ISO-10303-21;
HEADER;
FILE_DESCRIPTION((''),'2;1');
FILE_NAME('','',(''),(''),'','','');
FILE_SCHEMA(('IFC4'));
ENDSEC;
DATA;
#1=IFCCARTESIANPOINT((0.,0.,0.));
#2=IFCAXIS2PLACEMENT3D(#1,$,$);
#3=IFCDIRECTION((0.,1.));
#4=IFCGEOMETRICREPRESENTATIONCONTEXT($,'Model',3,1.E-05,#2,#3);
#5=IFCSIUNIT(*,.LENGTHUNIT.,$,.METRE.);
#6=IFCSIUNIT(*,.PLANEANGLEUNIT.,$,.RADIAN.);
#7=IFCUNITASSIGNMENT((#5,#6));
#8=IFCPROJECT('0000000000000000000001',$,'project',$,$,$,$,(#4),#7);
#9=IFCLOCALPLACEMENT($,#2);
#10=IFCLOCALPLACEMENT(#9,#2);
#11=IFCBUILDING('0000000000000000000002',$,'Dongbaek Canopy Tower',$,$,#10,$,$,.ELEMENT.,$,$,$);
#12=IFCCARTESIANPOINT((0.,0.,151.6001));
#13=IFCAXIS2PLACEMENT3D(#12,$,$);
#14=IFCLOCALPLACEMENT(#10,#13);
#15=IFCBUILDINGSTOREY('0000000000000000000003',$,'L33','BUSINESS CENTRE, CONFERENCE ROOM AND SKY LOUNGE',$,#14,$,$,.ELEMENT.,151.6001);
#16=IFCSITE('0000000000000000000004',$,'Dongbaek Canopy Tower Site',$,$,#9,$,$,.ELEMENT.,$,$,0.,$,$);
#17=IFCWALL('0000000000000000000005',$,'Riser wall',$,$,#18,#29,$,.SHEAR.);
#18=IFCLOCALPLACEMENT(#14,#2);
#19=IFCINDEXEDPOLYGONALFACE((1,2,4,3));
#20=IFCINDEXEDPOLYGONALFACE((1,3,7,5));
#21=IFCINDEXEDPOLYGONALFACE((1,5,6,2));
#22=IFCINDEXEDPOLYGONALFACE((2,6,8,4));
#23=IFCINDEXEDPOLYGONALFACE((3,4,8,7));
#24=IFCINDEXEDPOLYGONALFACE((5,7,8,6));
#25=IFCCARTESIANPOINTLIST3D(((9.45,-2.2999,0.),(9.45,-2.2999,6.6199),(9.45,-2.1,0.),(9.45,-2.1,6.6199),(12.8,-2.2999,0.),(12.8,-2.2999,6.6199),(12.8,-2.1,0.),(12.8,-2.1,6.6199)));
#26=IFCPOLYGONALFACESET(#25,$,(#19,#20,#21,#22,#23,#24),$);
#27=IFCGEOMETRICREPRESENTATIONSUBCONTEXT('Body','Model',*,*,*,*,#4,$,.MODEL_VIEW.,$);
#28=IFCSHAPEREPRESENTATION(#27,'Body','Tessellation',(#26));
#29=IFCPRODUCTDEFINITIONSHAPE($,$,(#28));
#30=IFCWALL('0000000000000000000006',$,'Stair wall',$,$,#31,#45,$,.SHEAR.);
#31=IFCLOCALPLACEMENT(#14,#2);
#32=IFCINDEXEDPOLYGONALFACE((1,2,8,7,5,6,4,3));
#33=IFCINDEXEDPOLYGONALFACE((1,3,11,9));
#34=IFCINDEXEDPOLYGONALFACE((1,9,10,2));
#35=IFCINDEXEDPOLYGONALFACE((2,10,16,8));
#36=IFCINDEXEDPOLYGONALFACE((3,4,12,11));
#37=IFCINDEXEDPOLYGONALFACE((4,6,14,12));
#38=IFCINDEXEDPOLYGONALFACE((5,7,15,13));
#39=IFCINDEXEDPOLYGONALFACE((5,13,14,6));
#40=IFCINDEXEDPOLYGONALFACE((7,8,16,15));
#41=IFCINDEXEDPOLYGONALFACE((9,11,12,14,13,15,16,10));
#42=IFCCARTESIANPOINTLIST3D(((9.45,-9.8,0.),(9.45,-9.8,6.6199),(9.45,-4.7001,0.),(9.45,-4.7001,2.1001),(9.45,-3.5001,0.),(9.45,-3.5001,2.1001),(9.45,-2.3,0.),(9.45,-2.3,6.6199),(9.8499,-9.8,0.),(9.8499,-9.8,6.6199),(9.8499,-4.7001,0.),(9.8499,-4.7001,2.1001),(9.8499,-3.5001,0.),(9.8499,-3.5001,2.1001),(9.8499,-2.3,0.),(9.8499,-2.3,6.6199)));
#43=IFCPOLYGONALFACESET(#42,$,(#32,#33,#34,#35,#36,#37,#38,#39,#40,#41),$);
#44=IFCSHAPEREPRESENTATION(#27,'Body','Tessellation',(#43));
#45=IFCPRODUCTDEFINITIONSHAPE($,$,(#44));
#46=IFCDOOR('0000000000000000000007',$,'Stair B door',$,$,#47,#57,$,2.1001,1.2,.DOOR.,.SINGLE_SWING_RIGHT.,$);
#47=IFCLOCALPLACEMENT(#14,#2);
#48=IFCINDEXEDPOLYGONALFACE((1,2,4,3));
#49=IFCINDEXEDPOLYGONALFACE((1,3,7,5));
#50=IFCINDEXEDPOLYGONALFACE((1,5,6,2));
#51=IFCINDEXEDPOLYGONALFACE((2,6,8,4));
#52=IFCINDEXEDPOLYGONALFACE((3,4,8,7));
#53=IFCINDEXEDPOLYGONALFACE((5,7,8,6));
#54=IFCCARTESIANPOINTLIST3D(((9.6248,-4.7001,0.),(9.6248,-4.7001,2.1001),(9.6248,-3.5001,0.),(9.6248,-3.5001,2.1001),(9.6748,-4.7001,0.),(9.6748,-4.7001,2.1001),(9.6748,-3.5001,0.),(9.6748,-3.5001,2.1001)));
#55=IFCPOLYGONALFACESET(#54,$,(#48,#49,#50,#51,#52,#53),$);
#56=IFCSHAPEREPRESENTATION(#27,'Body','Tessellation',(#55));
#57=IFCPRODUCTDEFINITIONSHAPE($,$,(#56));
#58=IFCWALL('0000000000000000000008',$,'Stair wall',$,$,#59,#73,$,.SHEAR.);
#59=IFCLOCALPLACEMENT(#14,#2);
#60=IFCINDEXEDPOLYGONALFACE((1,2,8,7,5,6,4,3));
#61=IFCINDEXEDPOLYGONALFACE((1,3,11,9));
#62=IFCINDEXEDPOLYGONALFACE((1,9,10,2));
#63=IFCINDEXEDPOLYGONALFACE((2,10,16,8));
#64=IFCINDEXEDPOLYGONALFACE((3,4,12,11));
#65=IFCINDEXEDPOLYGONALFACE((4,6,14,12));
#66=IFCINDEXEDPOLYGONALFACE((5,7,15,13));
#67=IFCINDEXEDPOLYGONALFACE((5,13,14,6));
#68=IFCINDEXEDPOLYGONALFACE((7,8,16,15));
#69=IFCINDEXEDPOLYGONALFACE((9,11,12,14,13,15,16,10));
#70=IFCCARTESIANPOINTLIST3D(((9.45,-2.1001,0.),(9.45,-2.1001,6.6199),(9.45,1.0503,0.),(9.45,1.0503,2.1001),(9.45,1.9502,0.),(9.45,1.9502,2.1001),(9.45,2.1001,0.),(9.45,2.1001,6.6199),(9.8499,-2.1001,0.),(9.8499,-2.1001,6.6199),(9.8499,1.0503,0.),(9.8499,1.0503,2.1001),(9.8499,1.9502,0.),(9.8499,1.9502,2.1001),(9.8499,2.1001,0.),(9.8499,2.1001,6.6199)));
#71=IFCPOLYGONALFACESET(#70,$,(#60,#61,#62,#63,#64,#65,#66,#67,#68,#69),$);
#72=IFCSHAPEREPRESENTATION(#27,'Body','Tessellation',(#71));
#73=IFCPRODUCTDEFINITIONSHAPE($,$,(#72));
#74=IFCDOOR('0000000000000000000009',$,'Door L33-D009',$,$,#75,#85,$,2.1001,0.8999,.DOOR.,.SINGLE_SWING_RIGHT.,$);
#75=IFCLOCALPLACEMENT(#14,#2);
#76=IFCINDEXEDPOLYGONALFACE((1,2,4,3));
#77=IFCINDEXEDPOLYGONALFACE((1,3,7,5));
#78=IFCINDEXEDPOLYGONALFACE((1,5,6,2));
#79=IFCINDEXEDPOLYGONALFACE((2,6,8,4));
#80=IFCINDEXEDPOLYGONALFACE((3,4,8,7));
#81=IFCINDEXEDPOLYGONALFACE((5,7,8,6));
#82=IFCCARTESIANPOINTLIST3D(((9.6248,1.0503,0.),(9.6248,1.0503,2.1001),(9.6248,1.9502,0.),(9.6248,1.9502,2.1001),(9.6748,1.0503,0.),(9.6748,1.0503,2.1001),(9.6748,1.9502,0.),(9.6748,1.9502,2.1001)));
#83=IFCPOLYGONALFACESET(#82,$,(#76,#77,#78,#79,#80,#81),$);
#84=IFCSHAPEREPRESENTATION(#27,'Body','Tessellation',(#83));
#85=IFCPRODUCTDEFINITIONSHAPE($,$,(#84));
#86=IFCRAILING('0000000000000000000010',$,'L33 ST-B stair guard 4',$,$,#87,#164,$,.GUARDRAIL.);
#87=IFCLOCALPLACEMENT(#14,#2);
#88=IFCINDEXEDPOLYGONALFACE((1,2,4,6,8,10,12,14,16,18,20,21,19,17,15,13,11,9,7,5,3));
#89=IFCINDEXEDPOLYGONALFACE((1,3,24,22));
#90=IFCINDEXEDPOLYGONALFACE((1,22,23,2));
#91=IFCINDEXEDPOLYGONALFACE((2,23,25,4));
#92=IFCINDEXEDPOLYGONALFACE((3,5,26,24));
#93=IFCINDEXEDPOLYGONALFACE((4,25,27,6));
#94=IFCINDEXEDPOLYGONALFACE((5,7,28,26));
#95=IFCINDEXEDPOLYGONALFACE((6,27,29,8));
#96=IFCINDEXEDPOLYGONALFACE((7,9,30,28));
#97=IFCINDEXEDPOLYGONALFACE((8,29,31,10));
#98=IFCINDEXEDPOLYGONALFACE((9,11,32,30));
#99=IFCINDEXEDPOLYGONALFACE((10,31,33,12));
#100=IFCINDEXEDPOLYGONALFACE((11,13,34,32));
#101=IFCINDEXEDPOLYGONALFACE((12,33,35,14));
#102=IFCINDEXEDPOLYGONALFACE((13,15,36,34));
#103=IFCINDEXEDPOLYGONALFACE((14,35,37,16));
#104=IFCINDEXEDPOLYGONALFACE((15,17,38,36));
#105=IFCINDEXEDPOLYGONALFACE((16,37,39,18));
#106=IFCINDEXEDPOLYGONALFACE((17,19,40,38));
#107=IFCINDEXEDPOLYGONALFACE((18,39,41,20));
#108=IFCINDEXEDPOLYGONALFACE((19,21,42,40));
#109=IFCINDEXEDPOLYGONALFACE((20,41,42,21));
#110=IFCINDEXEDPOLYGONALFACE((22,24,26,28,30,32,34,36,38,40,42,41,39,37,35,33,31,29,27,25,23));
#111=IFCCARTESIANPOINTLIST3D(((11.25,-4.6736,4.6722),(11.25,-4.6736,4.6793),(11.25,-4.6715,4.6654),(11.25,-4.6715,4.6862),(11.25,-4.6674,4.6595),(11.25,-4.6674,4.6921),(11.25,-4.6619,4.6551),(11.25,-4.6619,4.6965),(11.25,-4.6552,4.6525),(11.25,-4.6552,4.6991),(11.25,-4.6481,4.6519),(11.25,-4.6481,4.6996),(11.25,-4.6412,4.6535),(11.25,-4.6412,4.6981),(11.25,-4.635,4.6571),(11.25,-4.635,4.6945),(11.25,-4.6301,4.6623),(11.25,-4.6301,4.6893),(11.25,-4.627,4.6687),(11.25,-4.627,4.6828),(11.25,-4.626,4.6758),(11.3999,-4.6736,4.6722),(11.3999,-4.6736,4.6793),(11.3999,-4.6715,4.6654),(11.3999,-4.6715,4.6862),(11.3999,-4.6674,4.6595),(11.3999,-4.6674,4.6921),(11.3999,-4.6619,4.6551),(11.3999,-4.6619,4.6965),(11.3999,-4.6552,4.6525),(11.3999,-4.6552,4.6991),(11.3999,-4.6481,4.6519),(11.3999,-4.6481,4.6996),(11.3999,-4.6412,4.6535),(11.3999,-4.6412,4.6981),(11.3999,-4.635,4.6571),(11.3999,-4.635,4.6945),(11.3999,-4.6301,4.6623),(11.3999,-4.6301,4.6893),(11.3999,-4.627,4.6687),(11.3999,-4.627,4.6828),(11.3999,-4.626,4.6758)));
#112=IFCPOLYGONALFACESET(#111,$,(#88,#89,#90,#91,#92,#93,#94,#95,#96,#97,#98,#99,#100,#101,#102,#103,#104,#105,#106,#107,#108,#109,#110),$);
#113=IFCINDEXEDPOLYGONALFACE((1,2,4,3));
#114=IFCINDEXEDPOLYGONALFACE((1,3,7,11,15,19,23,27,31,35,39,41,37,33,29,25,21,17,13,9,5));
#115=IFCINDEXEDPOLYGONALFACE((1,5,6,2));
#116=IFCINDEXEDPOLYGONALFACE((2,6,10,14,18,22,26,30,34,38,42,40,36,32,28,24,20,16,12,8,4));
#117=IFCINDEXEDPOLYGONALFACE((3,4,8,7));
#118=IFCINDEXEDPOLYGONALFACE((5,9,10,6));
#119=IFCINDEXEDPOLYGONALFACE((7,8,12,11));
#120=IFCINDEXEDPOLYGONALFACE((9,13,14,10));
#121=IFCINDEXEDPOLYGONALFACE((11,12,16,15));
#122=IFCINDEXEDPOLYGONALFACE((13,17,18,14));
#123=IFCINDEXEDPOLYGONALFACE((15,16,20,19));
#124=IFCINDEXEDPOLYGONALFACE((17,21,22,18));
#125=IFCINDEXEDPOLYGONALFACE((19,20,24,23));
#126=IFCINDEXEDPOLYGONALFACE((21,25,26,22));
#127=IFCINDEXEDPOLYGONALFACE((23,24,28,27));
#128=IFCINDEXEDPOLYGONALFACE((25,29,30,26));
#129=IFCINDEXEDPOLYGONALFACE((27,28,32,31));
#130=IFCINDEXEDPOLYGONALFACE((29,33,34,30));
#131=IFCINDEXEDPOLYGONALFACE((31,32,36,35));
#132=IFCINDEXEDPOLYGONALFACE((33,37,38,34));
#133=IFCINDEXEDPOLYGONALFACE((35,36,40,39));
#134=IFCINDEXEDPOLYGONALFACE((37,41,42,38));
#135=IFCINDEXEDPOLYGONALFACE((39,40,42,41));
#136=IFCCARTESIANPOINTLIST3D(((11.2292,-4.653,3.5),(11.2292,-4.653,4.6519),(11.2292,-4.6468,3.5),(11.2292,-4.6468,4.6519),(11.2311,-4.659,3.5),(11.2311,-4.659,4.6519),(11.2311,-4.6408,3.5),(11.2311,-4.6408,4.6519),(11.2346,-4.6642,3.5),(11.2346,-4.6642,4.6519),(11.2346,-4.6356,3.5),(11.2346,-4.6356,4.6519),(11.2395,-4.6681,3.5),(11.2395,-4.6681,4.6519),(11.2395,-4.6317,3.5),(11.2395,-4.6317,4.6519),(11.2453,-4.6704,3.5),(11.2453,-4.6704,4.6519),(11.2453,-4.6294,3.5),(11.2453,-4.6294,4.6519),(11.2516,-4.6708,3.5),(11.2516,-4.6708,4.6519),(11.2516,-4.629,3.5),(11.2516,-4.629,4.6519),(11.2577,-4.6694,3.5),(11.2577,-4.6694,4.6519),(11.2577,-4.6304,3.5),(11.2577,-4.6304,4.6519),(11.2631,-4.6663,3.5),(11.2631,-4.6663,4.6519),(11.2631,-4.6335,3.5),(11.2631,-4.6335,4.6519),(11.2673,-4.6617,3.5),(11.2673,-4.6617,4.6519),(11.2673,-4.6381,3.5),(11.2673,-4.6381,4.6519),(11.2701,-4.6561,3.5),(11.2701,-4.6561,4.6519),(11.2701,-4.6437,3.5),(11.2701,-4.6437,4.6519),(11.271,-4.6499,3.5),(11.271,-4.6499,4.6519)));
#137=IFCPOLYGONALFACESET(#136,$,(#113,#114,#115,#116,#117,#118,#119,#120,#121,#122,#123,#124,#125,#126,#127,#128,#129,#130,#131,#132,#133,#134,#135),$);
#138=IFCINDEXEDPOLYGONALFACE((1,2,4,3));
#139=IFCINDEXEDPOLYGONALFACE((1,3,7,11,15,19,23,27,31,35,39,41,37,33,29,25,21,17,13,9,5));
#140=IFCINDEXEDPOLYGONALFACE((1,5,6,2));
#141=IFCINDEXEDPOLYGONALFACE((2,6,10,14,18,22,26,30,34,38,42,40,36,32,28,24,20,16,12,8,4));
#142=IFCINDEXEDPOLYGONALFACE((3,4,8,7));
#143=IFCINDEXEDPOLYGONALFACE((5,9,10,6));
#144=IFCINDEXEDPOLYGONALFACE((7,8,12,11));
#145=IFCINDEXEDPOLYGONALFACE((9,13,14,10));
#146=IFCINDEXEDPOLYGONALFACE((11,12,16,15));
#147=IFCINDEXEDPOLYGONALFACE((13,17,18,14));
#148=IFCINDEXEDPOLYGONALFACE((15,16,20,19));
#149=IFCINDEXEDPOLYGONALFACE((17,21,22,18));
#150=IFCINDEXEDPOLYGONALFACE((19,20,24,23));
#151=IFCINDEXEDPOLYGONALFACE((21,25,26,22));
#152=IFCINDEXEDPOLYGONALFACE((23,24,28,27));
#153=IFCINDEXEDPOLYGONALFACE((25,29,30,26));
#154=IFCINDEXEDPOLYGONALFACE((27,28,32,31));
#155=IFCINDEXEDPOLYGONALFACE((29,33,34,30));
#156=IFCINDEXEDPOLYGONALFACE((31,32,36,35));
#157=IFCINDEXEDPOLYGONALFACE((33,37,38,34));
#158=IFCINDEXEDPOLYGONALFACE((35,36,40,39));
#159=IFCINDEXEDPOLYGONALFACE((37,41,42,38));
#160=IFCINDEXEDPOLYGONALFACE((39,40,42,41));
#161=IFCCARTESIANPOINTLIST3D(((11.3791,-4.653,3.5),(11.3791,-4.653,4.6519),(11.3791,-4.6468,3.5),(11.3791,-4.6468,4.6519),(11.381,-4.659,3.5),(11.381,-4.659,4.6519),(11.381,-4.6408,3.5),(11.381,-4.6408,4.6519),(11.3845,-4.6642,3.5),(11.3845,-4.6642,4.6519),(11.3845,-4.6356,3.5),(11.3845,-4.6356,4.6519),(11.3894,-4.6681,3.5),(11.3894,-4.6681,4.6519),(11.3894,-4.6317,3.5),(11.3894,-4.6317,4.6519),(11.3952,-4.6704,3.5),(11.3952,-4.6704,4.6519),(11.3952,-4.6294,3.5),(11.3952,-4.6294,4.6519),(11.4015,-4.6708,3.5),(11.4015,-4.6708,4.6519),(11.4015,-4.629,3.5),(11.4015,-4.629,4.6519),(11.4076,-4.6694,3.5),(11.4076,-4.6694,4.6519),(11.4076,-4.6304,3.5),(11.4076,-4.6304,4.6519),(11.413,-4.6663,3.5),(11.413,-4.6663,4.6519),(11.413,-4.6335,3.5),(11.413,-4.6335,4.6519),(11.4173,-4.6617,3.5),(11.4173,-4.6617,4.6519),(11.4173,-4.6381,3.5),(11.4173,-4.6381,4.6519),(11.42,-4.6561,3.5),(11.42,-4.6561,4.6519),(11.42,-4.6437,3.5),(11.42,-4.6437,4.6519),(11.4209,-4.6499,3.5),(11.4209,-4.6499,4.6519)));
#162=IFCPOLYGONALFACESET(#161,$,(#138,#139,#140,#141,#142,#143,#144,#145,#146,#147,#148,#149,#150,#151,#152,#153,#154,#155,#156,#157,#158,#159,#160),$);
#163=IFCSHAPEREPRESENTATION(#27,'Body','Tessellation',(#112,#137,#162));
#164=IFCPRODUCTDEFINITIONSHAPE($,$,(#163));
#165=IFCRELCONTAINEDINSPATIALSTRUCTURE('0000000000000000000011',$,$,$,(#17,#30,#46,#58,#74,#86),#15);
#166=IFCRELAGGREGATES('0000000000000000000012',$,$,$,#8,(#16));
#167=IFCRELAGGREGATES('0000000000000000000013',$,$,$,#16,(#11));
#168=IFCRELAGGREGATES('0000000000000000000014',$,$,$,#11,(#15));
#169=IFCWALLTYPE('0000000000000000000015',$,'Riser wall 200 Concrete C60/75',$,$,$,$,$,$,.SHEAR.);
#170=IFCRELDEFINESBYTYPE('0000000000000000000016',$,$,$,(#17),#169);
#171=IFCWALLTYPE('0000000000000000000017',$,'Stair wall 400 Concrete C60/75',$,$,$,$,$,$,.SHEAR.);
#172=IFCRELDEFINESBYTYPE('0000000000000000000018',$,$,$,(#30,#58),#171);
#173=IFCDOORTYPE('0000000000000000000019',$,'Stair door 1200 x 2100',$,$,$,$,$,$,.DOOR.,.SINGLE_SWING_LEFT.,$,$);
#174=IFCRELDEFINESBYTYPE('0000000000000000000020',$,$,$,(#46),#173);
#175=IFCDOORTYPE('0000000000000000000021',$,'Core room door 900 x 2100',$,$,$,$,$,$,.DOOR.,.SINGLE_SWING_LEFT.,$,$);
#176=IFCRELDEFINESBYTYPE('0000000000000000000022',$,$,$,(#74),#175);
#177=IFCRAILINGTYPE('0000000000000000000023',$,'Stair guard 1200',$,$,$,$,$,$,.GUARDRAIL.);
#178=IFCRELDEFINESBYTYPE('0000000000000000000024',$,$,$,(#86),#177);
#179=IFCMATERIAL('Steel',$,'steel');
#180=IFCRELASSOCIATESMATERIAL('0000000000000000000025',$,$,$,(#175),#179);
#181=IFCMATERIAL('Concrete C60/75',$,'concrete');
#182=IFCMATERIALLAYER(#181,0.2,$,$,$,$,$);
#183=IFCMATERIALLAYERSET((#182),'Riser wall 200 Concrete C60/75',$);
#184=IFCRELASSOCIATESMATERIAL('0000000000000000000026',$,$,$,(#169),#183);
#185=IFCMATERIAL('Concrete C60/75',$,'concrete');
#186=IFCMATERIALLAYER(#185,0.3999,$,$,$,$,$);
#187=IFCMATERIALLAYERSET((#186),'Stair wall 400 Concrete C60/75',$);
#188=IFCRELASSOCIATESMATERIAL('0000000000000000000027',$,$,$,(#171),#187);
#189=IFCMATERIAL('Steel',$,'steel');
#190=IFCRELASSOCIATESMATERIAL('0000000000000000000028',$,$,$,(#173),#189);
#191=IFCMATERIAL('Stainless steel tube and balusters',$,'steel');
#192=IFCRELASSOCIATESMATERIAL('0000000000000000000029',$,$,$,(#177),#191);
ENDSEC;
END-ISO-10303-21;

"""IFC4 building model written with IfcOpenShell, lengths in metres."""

from ifc_helpers import new_model, si_unit, direction, frame, frame_2d, origin, origin_2d, place, context, subcontext, project, spatial, rectangle, circle, extrude, material, layer, layer_set, type_object, element, fill, save


model = new_model("IFC4")

# Units and contexts
model_context = context("Model", 3, precision=1e-05, world=origin(), true_north=direction((0.0, 1.0)))
body_context = subcontext(model_context, "Body", "Model", "MODEL_VIEW")
ifc_project = project(units=[si_unit("LENGTHUNIT", "METRE"), si_unit("PLANEANGLEUNIT", "RADIAN")], contexts=[model_context])

# Site, building, storey
site_placement = place(None, origin())
site = spatial("IfcSite", under=ifc_project, at=site_placement, Name="Dongbaek Canopy Tower Site", CompositionType="ELEMENT", RefElevation=0.0)
building_placement = place(site_placement, origin())
building = spatial("IfcBuilding", under=site, at=building_placement, Name="Dongbaek Canopy Tower", CompositionType="ELEMENT")
storey_placement = place(building_placement, frame((0.0, 0.0, 151.6001)))
storey = spatial("IfcBuildingStorey", under=building, at=storey_placement, Name="L33", Description="BUSINESS CENTRE, CONFERENCE ROOM AND SKY LOUNGE", CompositionType="ELEMENT", Elevation=151.6001)

# Shared definitions
ifc_material_1 = material(Name="Steel", Category="steel")
door_type_1 = type_object("IfcDoorType", Name="Core room door 900 x 2100", OperationType="SINGLE_SWING_LEFT", PredefinedType="DOOR", material=ifc_material_1)

# Wall
ifc_material_2 = material(Name="Concrete C60/75", Category="concrete")
ifc_layer_1 = layer(ifc_material_2, 0.2)
ifc_layer_set_1 = layer_set([ifc_layer_1], Name="Riser wall 200 Concrete C60/75")
wall_type_1 = type_object("IfcWallType", Name="Riser wall 200 Concrete C60/75", PredefinedType="SHEAR", material=ifc_layer_set_1)
for number, where, z_axis, x_axis, name in (
    (1, (9.45, -2.2, 0.0), (0.0, 0.0, 1.0), (1.0, 0.0, 0.0), "Riser wall"),
):
    element("IfcWall", number, at=place(storey_placement, frame(where, z_axis=z_axis, x_axis=x_axis)), inside=storey, type_object=wall_type_1, Name=name, PredefinedType="SHEAR", context=body_context, shape_type="SweptSolid", body=[
        extrude(rectangle(XDim=3.3501, YDim=0.2, at=frame_2d((1.675, 0.0))), origin(), (0.0, 0.0, 1.0), 6.6199),
    ])

# Walls, openings, doors
ifc_material_3 = material(Name="Concrete C60/75", Category="concrete")
ifc_layer_2 = layer(ifc_material_3, 0.3999)
ifc_layer_set_2 = layer_set([ifc_layer_2], Name="Stair wall 400 Concrete C60/75")
wall_type_2 = type_object("IfcWallType", Name="Stair wall 400 Concrete C60/75", PredefinedType="SHEAR", material=ifc_layer_set_2)
wall_1_placement = place(storey_placement, frame((9.6499, -2.3, 0.0), z_axis=(0.0, 0.0, 1.0), x_axis=(0.0, -1.0, 0.0)))
wall_1 = element("IfcWall", 2, at=wall_1_placement, inside=storey, type_object=wall_type_2, Name="Stair wall", PredefinedType="SHEAR", context=body_context, shape_type="SweptSolid", body=[
    extrude(rectangle(XDim=7.5, YDim=0.3999, at=frame_2d((3.75, 0.0))), origin(), (0.0, 0.0, 1.0), 6.6199),
])
opening_1_placement = place(wall_1_placement, frame((1.2, 0.0, 0.0)))
opening_1 = element("IfcOpeningElement", 3, at=opening_1_placement, cuts=wall_1, PredefinedType="OPENING", context=body_context, shape_type="SweptSolid", body=[
    extrude(rectangle(XDim=1.2, YDim=2.1001, at=frame_2d((0.6001, 1.05))), frame((0.0, 0.21, 0.0), z_axis=(0.0, -1.0, 0.0), x_axis=(1.0, 0.0, 0.0)), (0.0, 0.0, 1.0), 0.4199),
])
ifc_material_4 = material(Name="Steel", Category="steel")
door_type_2 = type_object("IfcDoorType", Name="Stair door 1200 x 2100", OperationType="SINGLE_SWING_LEFT", PredefinedType="DOOR", material=ifc_material_4)
door_1_placement = place(opening_1_placement, origin())
door_1 = element("IfcDoor", 4, at=door_1_placement, inside=storey, type_object=door_type_2, Name="Stair B door", OperationType="SINGLE_SWING_RIGHT", OverallHeight=2.1001, OverallWidth=1.2, PredefinedType="DOOR", context=body_context, shape_type="SweptSolid", body=[
    extrude(rectangle(XDim=1.2, YDim=2.1001, at=frame_2d((0.6001, 1.05))), frame((0.0, 0.0249, 0.0), z_axis=(0.0, -1.0, 0.0), x_axis=(1.0, 0.0, 0.0)), (0.0, 0.0, 1.0), 0.05),
])
fill(opening_1, door_1)
wall_2_placement = place(storey_placement, frame((9.6499, 2.1001, 0.0), z_axis=(0.0, 0.0, 1.0), x_axis=(0.0, -1.0, 0.0)))
wall_2 = element("IfcWall", 5, at=wall_2_placement, inside=storey, type_object=wall_type_2, Name="Stair wall", PredefinedType="SHEAR", context=body_context, shape_type="SweptSolid", body=[
    extrude(rectangle(XDim=4.2002, YDim=0.3999, at=frame_2d((2.1001, 0.0))), origin(), (0.0, 0.0, 1.0), 6.6199),
])
opening_2_placement = place(wall_2_placement, frame((0.1499, 0.0, 0.0)))
opening_2 = element("IfcOpeningElement", 6, at=opening_2_placement, cuts=wall_2, PredefinedType="OPENING", context=body_context, shape_type="SweptSolid", body=[
    extrude(rectangle(XDim=0.8999, YDim=2.1001, at=frame_2d((0.45, 1.05))), frame((0.0, 0.21, 0.0), z_axis=(0.0, -1.0, 0.0), x_axis=(1.0, 0.0, 0.0)), (0.0, 0.0, 1.0), 0.4199),
])
door_2_placement = place(opening_2_placement, origin())
door_2 = element("IfcDoor", 7, at=door_2_placement, inside=storey, type_object=door_type_1, Name="Door L33-D009", OperationType="SINGLE_SWING_RIGHT", OverallHeight=2.1001, OverallWidth=0.8999, PredefinedType="DOOR", context=body_context, shape_type="SweptSolid", body=[
    extrude(rectangle(XDim=0.8999, YDim=2.1001, at=frame_2d((0.45, 1.05))), frame((0.0, 0.0249, 0.0), z_axis=(0.0, -1.0, 0.0), x_axis=(1.0, 0.0, 0.0)), (0.0, 0.0, 1.0), 0.05),
])
fill(opening_2, door_2)

# Railing
ifc_material_5 = material(Name="Stainless steel tube and balusters", Category="steel")
railing_type = type_object("IfcRailingType", Name="Stair guard 1200", PredefinedType="GUARDRAIL", material=ifc_material_5)
for number, where, name in (
    (8, (11.25, -4.6499, 3.5), "L33 ST-B stair guard 4"),
):
    element("IfcRailing", number, at=place(storey_placement, frame(where)), inside=storey, type_object=railing_type, Name=name, PredefinedType="GUARDRAIL", context=body_context, shape_type="SweptSolid", body=[
        extrude(circle(Radius=0.0239, at=origin_2d()), frame((0.0, 0.0, 1.1758), z_axis=(1.0, 0.0, 0.0), x_axis=(0.0, 1.0, 0.0)), (0.0, 0.0, 1.0), 0.1499),
        extrude(circle(Radius=0.021, at=origin_2d()), origin(), (0.0, 0.0, 1.0), 1.1519),
        extrude(circle(Radius=0.021, at=origin_2d()), frame((0.1499, 0.0, 0.0)), (0.0, 0.0, 1.0), 1.1519),
    ])

save(model, "model.ifc")
